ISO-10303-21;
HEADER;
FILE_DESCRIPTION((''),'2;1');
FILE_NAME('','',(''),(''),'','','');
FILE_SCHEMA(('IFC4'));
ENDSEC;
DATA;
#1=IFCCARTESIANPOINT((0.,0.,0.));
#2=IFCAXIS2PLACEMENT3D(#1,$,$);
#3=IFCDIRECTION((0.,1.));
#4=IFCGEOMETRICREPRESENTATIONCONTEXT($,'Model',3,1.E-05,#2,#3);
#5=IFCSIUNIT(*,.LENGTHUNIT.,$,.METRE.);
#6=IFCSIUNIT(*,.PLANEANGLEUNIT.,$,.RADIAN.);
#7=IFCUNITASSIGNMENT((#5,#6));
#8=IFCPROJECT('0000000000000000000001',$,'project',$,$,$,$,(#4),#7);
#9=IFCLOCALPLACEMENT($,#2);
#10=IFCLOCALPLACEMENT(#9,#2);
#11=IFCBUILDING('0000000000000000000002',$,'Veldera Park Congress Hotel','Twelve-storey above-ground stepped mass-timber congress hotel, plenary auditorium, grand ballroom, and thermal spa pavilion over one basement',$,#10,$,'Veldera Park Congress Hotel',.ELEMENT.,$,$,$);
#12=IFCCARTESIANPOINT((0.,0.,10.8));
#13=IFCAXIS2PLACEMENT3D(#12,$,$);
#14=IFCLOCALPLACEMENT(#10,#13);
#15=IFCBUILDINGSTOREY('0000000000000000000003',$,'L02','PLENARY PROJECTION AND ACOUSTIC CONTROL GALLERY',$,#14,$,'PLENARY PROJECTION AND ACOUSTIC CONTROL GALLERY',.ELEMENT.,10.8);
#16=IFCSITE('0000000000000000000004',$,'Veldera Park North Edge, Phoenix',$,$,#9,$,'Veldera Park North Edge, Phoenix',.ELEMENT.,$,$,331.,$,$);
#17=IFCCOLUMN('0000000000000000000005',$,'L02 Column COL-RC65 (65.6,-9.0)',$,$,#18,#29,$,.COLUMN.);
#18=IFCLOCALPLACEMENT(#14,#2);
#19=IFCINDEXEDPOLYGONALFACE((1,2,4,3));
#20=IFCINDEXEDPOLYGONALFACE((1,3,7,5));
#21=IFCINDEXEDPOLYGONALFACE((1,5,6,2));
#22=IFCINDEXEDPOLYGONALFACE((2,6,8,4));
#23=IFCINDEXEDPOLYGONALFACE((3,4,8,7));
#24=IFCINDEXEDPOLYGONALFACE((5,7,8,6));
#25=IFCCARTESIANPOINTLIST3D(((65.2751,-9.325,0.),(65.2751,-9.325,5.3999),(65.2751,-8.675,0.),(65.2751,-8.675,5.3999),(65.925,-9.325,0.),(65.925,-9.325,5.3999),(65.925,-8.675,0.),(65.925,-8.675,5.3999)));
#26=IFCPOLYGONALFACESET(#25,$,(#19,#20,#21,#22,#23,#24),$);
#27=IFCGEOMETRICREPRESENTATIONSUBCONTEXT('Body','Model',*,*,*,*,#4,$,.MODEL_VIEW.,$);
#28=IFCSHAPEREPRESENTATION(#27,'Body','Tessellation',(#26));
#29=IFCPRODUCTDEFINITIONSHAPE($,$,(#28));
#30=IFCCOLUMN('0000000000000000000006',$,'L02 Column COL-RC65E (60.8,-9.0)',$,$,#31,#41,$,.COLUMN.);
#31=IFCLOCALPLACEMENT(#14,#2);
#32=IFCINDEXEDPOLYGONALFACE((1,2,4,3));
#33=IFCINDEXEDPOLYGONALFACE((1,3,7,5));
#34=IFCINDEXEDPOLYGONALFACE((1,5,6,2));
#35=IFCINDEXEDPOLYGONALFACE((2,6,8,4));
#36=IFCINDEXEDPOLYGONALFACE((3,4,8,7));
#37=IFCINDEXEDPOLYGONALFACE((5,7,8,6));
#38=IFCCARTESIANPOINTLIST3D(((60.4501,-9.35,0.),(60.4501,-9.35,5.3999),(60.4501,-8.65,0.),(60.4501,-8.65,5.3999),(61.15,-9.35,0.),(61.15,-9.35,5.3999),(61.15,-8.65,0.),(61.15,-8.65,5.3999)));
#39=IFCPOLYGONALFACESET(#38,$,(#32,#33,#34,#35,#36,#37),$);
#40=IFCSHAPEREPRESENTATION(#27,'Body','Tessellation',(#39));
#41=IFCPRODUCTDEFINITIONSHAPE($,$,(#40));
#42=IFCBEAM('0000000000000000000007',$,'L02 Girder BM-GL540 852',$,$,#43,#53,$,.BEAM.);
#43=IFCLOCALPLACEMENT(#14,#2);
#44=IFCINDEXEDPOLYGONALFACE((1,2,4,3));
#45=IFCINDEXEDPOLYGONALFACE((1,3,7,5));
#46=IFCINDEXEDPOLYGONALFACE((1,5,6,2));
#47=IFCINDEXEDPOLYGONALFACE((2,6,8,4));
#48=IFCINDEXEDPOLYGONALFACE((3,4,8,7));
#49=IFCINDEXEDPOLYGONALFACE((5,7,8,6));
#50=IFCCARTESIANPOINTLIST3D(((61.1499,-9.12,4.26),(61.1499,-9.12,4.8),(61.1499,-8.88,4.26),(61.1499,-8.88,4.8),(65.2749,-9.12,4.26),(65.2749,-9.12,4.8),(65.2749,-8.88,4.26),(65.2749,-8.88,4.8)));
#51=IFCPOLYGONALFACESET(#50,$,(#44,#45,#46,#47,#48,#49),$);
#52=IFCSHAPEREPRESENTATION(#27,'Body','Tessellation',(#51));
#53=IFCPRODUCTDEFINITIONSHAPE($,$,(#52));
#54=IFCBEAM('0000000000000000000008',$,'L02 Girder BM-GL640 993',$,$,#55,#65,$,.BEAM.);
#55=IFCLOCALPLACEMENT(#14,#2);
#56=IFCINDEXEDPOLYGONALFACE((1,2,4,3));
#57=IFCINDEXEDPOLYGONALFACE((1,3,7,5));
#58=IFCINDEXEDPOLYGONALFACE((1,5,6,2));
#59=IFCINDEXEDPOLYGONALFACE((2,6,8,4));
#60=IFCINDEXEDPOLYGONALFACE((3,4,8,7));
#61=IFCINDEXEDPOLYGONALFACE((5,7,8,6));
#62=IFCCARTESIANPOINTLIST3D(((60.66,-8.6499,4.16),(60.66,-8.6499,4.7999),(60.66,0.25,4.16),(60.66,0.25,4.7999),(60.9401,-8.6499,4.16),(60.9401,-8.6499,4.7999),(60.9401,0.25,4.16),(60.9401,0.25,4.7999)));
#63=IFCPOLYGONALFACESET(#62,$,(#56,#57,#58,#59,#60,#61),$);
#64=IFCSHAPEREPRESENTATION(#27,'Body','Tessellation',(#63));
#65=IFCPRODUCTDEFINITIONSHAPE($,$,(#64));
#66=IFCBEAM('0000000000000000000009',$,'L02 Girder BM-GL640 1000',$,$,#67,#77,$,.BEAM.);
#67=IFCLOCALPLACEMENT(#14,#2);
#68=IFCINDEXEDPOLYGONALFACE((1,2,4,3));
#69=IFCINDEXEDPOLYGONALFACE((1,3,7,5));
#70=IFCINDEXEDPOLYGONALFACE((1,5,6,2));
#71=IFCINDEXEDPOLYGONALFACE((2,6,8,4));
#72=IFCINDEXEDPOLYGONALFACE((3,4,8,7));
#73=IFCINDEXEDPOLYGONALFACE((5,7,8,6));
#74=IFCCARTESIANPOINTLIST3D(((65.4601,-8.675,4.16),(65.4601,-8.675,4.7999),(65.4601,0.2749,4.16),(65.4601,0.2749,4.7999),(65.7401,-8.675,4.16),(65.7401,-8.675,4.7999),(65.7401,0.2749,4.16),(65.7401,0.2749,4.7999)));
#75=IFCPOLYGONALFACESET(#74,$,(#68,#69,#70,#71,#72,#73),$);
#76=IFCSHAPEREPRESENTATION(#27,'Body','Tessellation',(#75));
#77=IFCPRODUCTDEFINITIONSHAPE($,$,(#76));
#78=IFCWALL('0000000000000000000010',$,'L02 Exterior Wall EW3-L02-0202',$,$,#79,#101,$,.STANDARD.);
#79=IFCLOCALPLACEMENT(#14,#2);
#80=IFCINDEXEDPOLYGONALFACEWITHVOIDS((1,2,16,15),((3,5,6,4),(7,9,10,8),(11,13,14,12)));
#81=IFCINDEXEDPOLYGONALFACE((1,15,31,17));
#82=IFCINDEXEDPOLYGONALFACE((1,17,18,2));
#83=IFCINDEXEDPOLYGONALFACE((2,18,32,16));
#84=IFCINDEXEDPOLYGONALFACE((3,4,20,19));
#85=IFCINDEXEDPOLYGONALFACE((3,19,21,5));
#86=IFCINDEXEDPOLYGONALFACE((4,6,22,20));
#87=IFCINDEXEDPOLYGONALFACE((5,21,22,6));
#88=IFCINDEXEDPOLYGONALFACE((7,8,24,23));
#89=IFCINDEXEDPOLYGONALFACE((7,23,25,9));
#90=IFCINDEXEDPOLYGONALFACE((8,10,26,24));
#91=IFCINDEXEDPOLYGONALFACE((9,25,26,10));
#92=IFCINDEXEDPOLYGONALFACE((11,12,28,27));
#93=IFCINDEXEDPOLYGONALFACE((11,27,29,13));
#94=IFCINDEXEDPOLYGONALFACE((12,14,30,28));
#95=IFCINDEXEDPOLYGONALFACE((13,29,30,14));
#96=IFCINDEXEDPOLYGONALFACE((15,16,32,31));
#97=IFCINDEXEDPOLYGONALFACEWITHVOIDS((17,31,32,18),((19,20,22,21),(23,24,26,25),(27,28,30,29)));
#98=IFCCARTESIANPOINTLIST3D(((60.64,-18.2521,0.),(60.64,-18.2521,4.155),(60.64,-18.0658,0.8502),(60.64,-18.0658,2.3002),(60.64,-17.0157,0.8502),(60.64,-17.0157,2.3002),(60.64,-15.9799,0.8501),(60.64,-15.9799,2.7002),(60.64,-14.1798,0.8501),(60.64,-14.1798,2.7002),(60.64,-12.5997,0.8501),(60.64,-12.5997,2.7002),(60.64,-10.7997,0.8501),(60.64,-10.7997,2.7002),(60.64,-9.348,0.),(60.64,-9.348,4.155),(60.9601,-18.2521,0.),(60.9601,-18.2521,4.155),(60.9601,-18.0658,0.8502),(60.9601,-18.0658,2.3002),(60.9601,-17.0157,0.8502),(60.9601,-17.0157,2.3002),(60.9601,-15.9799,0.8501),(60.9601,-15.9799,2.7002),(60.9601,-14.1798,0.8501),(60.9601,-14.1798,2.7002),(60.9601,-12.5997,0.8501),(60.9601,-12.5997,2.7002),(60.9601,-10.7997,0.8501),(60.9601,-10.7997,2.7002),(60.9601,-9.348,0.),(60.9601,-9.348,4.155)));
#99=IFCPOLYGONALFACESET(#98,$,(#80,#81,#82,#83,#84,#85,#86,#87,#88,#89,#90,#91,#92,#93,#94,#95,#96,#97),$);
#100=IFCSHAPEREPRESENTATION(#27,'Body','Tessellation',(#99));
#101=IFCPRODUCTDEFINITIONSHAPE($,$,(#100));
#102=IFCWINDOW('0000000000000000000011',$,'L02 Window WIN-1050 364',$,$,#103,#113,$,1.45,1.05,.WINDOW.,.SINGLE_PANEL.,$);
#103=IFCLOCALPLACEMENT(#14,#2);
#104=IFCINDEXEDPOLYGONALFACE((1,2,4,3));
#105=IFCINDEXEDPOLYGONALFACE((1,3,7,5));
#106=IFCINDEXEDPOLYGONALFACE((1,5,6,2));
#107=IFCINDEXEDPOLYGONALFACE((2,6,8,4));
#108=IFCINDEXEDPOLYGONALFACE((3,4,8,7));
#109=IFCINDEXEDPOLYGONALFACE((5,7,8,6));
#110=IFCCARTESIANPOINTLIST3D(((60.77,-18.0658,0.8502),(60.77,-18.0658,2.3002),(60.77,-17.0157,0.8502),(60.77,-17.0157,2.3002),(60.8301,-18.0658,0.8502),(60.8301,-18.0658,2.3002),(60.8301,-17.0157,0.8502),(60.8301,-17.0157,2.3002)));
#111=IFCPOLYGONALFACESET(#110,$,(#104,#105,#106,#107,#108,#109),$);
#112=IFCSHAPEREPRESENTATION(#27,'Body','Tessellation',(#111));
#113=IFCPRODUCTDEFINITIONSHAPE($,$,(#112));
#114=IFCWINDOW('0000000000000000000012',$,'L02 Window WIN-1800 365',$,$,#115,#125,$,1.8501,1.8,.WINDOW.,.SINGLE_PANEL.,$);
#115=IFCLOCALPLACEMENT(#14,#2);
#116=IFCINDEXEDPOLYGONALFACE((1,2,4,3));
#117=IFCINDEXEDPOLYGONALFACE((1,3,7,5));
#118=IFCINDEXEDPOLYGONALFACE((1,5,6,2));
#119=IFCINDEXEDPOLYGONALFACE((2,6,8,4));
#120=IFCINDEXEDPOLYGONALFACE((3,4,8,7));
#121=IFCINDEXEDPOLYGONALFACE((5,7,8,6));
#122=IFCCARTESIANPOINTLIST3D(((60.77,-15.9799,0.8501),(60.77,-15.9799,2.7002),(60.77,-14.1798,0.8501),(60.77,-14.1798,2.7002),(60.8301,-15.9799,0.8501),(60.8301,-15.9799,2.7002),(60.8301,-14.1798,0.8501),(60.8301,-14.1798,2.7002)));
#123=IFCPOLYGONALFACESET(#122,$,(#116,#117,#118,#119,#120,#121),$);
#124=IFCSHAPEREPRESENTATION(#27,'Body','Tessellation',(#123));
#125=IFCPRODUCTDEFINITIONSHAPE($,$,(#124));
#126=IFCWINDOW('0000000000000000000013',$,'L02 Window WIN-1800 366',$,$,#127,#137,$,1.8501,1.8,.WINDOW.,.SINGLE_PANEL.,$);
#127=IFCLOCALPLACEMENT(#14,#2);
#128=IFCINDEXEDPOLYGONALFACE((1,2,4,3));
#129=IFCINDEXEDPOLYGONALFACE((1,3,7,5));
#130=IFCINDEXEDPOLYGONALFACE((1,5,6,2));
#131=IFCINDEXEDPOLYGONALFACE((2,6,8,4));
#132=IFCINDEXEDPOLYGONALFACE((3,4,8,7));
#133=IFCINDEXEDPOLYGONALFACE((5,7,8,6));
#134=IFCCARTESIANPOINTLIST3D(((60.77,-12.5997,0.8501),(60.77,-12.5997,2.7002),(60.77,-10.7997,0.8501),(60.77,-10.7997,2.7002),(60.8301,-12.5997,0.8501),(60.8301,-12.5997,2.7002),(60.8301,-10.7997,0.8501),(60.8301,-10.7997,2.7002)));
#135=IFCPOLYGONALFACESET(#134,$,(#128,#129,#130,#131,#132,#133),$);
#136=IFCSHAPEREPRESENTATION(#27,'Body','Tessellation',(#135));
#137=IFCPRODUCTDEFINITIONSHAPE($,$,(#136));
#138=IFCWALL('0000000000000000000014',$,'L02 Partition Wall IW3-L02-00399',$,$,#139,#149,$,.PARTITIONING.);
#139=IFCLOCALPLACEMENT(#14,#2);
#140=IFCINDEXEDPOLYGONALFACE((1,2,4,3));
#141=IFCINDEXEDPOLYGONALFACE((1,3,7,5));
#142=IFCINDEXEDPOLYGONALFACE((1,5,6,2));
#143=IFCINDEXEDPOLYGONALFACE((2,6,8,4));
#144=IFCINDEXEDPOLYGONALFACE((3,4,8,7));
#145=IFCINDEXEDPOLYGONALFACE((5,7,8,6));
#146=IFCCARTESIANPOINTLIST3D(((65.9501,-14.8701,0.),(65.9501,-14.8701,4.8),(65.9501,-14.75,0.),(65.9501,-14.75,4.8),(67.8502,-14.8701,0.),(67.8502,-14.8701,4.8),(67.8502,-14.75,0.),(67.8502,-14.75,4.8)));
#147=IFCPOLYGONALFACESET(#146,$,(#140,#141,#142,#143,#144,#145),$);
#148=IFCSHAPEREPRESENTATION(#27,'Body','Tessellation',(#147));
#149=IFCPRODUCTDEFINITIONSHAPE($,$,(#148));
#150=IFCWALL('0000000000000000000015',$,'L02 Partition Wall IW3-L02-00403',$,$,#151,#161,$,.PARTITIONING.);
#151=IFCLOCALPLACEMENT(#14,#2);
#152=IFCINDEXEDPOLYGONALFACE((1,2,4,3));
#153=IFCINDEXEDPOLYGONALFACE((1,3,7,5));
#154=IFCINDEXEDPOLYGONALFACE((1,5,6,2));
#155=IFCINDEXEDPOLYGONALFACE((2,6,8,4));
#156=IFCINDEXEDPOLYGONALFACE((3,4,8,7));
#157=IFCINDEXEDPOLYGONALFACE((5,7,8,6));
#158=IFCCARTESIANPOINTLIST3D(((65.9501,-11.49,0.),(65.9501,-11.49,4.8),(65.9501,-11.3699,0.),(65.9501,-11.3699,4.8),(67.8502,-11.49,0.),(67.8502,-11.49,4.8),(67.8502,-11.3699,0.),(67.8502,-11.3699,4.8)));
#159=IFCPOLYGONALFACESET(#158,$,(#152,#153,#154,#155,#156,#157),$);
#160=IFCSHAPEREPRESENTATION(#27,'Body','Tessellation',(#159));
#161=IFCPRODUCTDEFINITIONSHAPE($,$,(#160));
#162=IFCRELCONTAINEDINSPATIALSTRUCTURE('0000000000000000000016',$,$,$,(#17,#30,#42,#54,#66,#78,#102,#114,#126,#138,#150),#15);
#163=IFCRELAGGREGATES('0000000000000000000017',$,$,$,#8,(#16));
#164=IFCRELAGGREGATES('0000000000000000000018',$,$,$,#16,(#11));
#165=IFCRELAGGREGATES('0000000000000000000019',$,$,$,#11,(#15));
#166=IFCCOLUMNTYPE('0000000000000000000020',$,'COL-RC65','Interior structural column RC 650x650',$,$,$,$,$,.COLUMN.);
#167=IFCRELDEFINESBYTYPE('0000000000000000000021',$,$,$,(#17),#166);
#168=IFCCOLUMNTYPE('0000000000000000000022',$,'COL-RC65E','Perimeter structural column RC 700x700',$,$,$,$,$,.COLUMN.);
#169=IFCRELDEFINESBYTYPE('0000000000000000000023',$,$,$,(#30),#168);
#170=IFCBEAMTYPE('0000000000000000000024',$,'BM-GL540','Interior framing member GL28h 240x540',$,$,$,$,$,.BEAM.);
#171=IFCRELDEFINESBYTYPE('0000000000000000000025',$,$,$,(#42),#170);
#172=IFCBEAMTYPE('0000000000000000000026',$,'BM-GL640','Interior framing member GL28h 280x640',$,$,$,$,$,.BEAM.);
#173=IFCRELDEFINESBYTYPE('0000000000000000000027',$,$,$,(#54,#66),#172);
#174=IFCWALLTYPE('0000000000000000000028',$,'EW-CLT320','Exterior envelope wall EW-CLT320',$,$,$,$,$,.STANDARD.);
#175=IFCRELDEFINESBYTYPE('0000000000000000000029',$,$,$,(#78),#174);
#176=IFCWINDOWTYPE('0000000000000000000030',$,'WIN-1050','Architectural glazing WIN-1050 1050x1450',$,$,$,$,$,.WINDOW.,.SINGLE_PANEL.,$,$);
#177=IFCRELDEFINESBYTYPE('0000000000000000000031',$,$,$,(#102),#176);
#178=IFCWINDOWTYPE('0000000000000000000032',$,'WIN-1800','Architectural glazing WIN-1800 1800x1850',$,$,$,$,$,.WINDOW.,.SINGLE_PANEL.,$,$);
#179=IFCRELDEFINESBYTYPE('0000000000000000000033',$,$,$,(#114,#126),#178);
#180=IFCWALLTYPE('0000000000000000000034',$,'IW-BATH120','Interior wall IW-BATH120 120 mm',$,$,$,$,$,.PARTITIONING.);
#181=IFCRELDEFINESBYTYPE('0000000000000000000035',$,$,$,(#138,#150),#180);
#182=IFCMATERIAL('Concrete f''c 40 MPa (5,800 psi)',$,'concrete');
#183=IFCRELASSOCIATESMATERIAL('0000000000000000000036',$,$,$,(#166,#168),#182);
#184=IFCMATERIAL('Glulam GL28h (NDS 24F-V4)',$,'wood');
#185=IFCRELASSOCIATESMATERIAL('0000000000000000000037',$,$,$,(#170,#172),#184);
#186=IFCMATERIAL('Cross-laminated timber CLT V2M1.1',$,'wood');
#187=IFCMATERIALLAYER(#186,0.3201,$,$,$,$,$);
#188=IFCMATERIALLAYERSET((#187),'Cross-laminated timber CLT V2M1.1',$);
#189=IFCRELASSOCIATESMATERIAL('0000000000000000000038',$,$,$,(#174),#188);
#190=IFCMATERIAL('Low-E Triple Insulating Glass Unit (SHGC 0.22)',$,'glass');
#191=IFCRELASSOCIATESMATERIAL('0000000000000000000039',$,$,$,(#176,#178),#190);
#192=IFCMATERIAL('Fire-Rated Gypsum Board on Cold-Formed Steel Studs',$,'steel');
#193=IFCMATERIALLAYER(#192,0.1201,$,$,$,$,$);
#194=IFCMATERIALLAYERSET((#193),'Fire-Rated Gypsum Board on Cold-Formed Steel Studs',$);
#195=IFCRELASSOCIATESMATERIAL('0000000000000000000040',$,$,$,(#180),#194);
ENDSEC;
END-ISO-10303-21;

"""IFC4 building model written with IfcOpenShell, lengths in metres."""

from ifc_helpers import new_model, si_unit, direction, frame, frame_2d, origin, origin_2d, place, context, subcontext, project, spatial, rectangle, extrude, material, layer, layer_set, material_profile, profile_set, type_object, element, fill, save


model = new_model("IFC4")

# Units and contexts
model_context = context("Model", 3, precision=1e-05, world=origin(), true_north=direction((0.0, 1.0)))
body_context = subcontext(model_context, "Body", "Model", "MODEL_VIEW")
ifc_project = project(units=[si_unit("LENGTHUNIT", "METRE"), si_unit("PLANEANGLEUNIT", "RADIAN")], contexts=[model_context])

# Site, building, storey
site_placement = place(None, origin())
site = spatial("IfcSite", under=ifc_project, at=site_placement, Name="Veldera Park North Edge, Phoenix", LongName="Veldera Park North Edge, Phoenix", CompositionType="ELEMENT", RefElevation=331.0)
building_placement = place(site_placement, origin())
building = spatial("IfcBuilding", under=site, at=building_placement, Name="Veldera Park Congress Hotel", Description="Twelve-storey above-ground stepped mass-timber congress hotel, plenary auditorium, grand ballroom, and thermal spa pavilion over one basement", LongName="Veldera Park Congress Hotel", CompositionType="ELEMENT")
storey_placement = place(building_placement, frame((0.0, 0.0, 10.8)))
storey = spatial("IfcBuildingStorey", under=building, at=storey_placement, Name="L02", Description="PLENARY PROJECTION AND ACOUSTIC CONTROL GALLERY", LongName="PLENARY PROJECTION AND ACOUSTIC CONTROL GALLERY", CompositionType="ELEMENT", Elevation=10.8)

# Columns
ifc_material_1 = material(Name="Concrete f'c 40 MPa (5,800 psi)", Category="concrete")
ifc_material_profile_1 = material_profile(ifc_material_1, rectangle(XDim=0.6499, YDim=0.6499, at=origin_2d()), Name="RC 650x650")
ifc_profile_set_1 = profile_set([ifc_material_profile_1], Name="Concrete f'c 40 MPa (5,800 psi)")
column_type_1 = type_object("IfcColumnType", Name="COL-RC65", Description="Interior structural column RC 650x650", PredefinedType="COLUMN", material=ifc_profile_set_1)
column_1_placement = place(storey_placement, frame((65.6001, -9.0, 0.0), z_axis=(0.0, 0.0, 1.0), x_axis=(1.0, 0.0, 0.0)))
element("IfcColumn", 1, at=column_1_placement, inside=storey, type_object=column_type_1, Name="L02 Column COL-RC65 (65.6,-9.0)", PredefinedType="COLUMN", context=body_context, shape_type="SweptSolid", body=[
    extrude(rectangle(XDim=0.6499, YDim=0.6499, at=origin_2d()), origin(), (0.0, 0.0, 1.0), 5.3999),
])
ifc_material_profile_2 = material_profile(ifc_material_1, rectangle(XDim=0.7, YDim=0.7, at=origin_2d()), Name="RC 700x700")
ifc_profile_set_2 = profile_set([ifc_material_profile_2], Name="Concrete f'c 40 MPa (5,800 psi)")
column_type_2 = type_object("IfcColumnType", Name="COL-RC65E", Description="Perimeter structural column RC 700x700", PredefinedType="COLUMN", material=ifc_profile_set_2)
column_2_placement = place(storey_placement, frame((60.8, -9.0, 0.0), z_axis=(0.0, 0.0, 1.0), x_axis=(1.0, 0.0, 0.0)))
element("IfcColumn", 2, at=column_2_placement, inside=storey, type_object=column_type_2, Name="L02 Column COL-RC65E (60.8,-9.0)", PredefinedType="COLUMN", context=body_context, shape_type="SweptSolid", body=[
    extrude(rectangle(XDim=0.7, YDim=0.7, at=origin_2d()), origin(), (0.0, 0.0, 1.0), 5.3999),
])

# Beams
ifc_material_2 = material(Name="Glulam GL28h (NDS 24F-V4)", Category="wood")
ifc_material_profile_3 = material_profile(ifc_material_2, rectangle(XDim=0.24, YDim=0.54, at=origin_2d()), Name="GL28h 240x540")
ifc_profile_set_3 = profile_set([ifc_material_profile_3], Name="Glulam GL28h (NDS 24F-V4)")
beam_type_1 = type_object("IfcBeamType", Name="BM-GL540", Description="Interior framing member GL28h 240x540", PredefinedType="BEAM", material=ifc_profile_set_3)
beam_1_placement = place(storey_placement, frame((61.1499, -9.0, 4.53), z_axis=(1.0, 0.0, 0.0), x_axis=(0.0, 1.0, 0.0)))
element("IfcBeam", 3, at=beam_1_placement, inside=storey, type_object=beam_type_1, Name="L02 Girder BM-GL540 852", PredefinedType="BEAM", context=body_context, shape_type="SweptSolid", body=[
    extrude(rectangle(XDim=0.24, YDim=0.54, at=origin_2d()), origin(), (0.0, 0.0, 1.0), 4.125),
])
ifc_material_profile_4 = material_profile(ifc_material_2, rectangle(XDim=0.28, YDim=0.6399, at=origin_2d()), Name="GL28h 280x640")
ifc_profile_set_4 = profile_set([ifc_material_profile_4], Name="Glulam GL28h (NDS 24F-V4)")
beam_type_2 = type_object("IfcBeamType", Name="BM-GL640", Description="Interior framing member GL28h 280x640", PredefinedType="BEAM", material=ifc_profile_set_4)
beam_2_placement = place(storey_placement, frame((60.8, -8.6499, 4.48), z_axis=(0.0, 1.0, 0.0), x_axis=(-1.0, 0.0, 0.0)))
element("IfcBeam", 4, at=beam_2_placement, inside=storey, type_object=beam_type_2, Name="L02 Girder BM-GL640 993", PredefinedType="BEAM", context=body_context, shape_type="SweptSolid", body=[
    extrude(rectangle(XDim=0.28, YDim=0.6399, at=origin_2d()), origin(), (0.0, 0.0, 1.0), 8.8999),
])
beam_3_placement = place(storey_placement, frame((65.6001, -8.675, 4.48), z_axis=(0.0, 1.0, 0.0), x_axis=(-1.0, 0.0, 0.0)))
element("IfcBeam", 5, at=beam_3_placement, inside=storey, type_object=beam_type_2, Name="L02 Girder BM-GL640 1000", PredefinedType="BEAM", context=body_context, shape_type="SweptSolid", body=[
    extrude(rectangle(XDim=0.28, YDim=0.6399, at=origin_2d()), origin(), (0.0, 0.0, 1.0), 8.95),
])

# Wall, openings, windows
ifc_material_3 = material(Name="Cross-laminated timber CLT V2M1.1", Category="wood")
ifc_layer_1 = layer(ifc_material_3, 0.3201)
ifc_layer_set_1 = layer_set([ifc_layer_1], Name="Cross-laminated timber CLT V2M1.1")
wall_type_1 = type_object("IfcWallType", Name="EW-CLT320", Description="Exterior envelope wall EW-CLT320", PredefinedType="STANDARD", material=ifc_layer_set_1)
wall_1_placement = place(storey_placement, frame((60.8, -9.3479, 0.0), z_axis=(0.0, 0.0, 1.0), x_axis=(0.0, -1.0, 0.0)))
wall_1 = element("IfcWall", 6, at=wall_1_placement, inside=storey, type_object=wall_type_1, Name="L02 Exterior Wall EW3-L02-0202", PredefinedType="STANDARD", context=body_context, shape_type="SweptSolid", body=[
    extrude(rectangle(XDim=8.9041, YDim=0.3201, at=frame_2d((4.4521, 0.0))), origin(), (0.0, 0.0, 1.0), 4.155),
])
opening_1_placement = place(wall_1_placement, frame((7.668, 0.0, 0.8501)))
opening_1 = element("IfcOpeningElement", 7, at=opening_1_placement, cuts=wall_1, PredefinedType="OPENING", context=body_context, shape_type="SweptSolid", body=[
    extrude(rectangle(XDim=1.05, YDim=1.45, at=frame_2d((0.5249, 0.7251))), frame((0.0, 0.1721, 0.0), z_axis=(0.0, -1.0, 0.0), x_axis=(1.0, 0.0, 0.0)), (0.0, 0.0, 1.0), 0.344),
])
opening_2_placement = place(wall_1_placement, frame((4.832, 0.0, 0.8501)))
opening_2 = element("IfcOpeningElement", 8, at=opening_2_placement, cuts=wall_1, PredefinedType="OPENING", context=body_context, shape_type="SweptSolid", body=[
    extrude(rectangle(XDim=1.8, YDim=1.8501, at=frame_2d((0.8999, 0.925))), frame((0.0, 0.1721, 0.0), z_axis=(0.0, -1.0, 0.0), x_axis=(1.0, 0.0, 0.0)), (0.0, 0.0, 1.0), 0.344),
])
opening_3_placement = place(wall_1_placement, frame((1.4519, 0.0, 0.8501)))
opening_3 = element("IfcOpeningElement", 9, at=opening_3_placement, cuts=wall_1, PredefinedType="OPENING", context=body_context, shape_type="SweptSolid", body=[
    extrude(rectangle(XDim=1.8, YDim=1.8501, at=frame_2d((0.8999, 0.925))), frame((0.0, 0.1721, 0.0), z_axis=(0.0, -1.0, 0.0), x_axis=(1.0, 0.0, 0.0)), (0.0, 0.0, 1.0), 0.344),
])
ifc_material_4 = material(Name="Low-E Triple Insulating Glass Unit (SHGC 0.22)", Category="glass")
window_type_1 = type_object("IfcWindowType", Name="WIN-1050", Description="Architectural glazing WIN-1050 1050x1450", PartitioningType="SINGLE_PANEL", PredefinedType="WINDOW", material=ifc_material_4)
window_1_placement = place(opening_1_placement, origin())
window_1 = element("IfcWindow", 10, at=window_1_placement, inside=storey, type_object=window_type_1, Name="L02 Window WIN-1050 364", OverallHeight=1.45, OverallWidth=1.05, PartitioningType="SINGLE_PANEL", PredefinedType="WINDOW", context=body_context, shape_type="SweptSolid", body=[
    extrude(rectangle(XDim=1.05, YDim=1.45, at=frame_2d((0.5249, 0.7251))), frame((0.0, 0.03, 0.0), z_axis=(0.0, -1.0, 0.0), x_axis=(1.0, 0.0, 0.0)), (0.0, 0.0, 1.0), 0.0601),
])
fill(opening_1, window_1)
window_type_2 = type_object("IfcWindowType", Name="WIN-1800", Description="Architectural glazing WIN-1800 1800x1850", PartitioningType="SINGLE_PANEL", PredefinedType="WINDOW", material=ifc_material_4)
window_2_placement = place(opening_2_placement, origin())
window_2 = element("IfcWindow", 11, at=window_2_placement, inside=storey, type_object=window_type_2, Name="L02 Window WIN-1800 365", OverallHeight=1.8501, OverallWidth=1.8, PartitioningType="SINGLE_PANEL", PredefinedType="WINDOW", context=body_context, shape_type="SweptSolid", body=[
    extrude(rectangle(XDim=1.8, YDim=1.8501, at=frame_2d((0.8999, 0.925))), frame((0.0, 0.03, 0.0), z_axis=(0.0, -1.0, 0.0), x_axis=(1.0, 0.0, 0.0)), (0.0, 0.0, 1.0), 0.0601),
])
fill(opening_2, window_2)
window_3_placement = place(opening_3_placement, origin())
window_3 = element("IfcWindow", 12, at=window_3_placement, inside=storey, type_object=window_type_2, Name="L02 Window WIN-1800 366", OverallHeight=1.8501, OverallWidth=1.8, PartitioningType="SINGLE_PANEL", PredefinedType="WINDOW", context=body_context, shape_type="SweptSolid", body=[
    extrude(rectangle(XDim=1.8, YDim=1.8501, at=frame_2d((0.8999, 0.925))), frame((0.0, 0.03, 0.0), z_axis=(0.0, -1.0, 0.0), x_axis=(1.0, 0.0, 0.0)), (0.0, 0.0, 1.0), 0.0601),
])
fill(opening_3, window_3)

# Shared definitions
ifc_material_5 = material(Name="Fire-Rated Gypsum Board on Cold-Formed Steel Studs", Category="steel")
ifc_layer_2 = layer(ifc_material_5, 0.1201)
ifc_layer_set_2 = layer_set([ifc_layer_2], Name="Fire-Rated Gypsum Board on Cold-Formed Steel Studs")
wall_type_2 = type_object("IfcWallType", Name="IW-BATH120", Description="Interior wall IW-BATH120 120 mm", PredefinedType="PARTITIONING", material=ifc_layer_set_2)

# Wall
wall_2_placement = place(storey_placement, frame((65.95, -14.8101, 0.0), z_axis=(0.0, 0.0, 1.0), x_axis=(1.0, 0.0, 0.0)))
element("IfcWall", 13, at=wall_2_placement, inside=storey, type_object=wall_type_2, Name="L02 Partition Wall IW3-L02-00399", PredefinedType="PARTITIONING", context=body_context, shape_type="SweptSolid", body=[
    extrude(rectangle(XDim=1.9001, YDim=0.1201, at=frame_2d((0.9502, 0.0))), origin(), (0.0, 0.0, 1.0), 4.8),
])

# Wall
wall_3_placement = place(storey_placement, frame((65.95, -11.4299, 0.0), z_axis=(0.0, 0.0, 1.0), x_axis=(1.0, 0.0, 0.0)))
element("IfcWall", 14, at=wall_3_placement, inside=storey, type_object=wall_type_2, Name="L02 Partition Wall IW3-L02-00403", PredefinedType="PARTITIONING", context=body_context, shape_type="SweptSolid", body=[
    extrude(rectangle(XDim=1.9001, YDim=0.1201, at=frame_2d((0.9502, 0.0))), origin(), (0.0, 0.0, 1.0), 4.8),
])

save(model, "model.ifc")
